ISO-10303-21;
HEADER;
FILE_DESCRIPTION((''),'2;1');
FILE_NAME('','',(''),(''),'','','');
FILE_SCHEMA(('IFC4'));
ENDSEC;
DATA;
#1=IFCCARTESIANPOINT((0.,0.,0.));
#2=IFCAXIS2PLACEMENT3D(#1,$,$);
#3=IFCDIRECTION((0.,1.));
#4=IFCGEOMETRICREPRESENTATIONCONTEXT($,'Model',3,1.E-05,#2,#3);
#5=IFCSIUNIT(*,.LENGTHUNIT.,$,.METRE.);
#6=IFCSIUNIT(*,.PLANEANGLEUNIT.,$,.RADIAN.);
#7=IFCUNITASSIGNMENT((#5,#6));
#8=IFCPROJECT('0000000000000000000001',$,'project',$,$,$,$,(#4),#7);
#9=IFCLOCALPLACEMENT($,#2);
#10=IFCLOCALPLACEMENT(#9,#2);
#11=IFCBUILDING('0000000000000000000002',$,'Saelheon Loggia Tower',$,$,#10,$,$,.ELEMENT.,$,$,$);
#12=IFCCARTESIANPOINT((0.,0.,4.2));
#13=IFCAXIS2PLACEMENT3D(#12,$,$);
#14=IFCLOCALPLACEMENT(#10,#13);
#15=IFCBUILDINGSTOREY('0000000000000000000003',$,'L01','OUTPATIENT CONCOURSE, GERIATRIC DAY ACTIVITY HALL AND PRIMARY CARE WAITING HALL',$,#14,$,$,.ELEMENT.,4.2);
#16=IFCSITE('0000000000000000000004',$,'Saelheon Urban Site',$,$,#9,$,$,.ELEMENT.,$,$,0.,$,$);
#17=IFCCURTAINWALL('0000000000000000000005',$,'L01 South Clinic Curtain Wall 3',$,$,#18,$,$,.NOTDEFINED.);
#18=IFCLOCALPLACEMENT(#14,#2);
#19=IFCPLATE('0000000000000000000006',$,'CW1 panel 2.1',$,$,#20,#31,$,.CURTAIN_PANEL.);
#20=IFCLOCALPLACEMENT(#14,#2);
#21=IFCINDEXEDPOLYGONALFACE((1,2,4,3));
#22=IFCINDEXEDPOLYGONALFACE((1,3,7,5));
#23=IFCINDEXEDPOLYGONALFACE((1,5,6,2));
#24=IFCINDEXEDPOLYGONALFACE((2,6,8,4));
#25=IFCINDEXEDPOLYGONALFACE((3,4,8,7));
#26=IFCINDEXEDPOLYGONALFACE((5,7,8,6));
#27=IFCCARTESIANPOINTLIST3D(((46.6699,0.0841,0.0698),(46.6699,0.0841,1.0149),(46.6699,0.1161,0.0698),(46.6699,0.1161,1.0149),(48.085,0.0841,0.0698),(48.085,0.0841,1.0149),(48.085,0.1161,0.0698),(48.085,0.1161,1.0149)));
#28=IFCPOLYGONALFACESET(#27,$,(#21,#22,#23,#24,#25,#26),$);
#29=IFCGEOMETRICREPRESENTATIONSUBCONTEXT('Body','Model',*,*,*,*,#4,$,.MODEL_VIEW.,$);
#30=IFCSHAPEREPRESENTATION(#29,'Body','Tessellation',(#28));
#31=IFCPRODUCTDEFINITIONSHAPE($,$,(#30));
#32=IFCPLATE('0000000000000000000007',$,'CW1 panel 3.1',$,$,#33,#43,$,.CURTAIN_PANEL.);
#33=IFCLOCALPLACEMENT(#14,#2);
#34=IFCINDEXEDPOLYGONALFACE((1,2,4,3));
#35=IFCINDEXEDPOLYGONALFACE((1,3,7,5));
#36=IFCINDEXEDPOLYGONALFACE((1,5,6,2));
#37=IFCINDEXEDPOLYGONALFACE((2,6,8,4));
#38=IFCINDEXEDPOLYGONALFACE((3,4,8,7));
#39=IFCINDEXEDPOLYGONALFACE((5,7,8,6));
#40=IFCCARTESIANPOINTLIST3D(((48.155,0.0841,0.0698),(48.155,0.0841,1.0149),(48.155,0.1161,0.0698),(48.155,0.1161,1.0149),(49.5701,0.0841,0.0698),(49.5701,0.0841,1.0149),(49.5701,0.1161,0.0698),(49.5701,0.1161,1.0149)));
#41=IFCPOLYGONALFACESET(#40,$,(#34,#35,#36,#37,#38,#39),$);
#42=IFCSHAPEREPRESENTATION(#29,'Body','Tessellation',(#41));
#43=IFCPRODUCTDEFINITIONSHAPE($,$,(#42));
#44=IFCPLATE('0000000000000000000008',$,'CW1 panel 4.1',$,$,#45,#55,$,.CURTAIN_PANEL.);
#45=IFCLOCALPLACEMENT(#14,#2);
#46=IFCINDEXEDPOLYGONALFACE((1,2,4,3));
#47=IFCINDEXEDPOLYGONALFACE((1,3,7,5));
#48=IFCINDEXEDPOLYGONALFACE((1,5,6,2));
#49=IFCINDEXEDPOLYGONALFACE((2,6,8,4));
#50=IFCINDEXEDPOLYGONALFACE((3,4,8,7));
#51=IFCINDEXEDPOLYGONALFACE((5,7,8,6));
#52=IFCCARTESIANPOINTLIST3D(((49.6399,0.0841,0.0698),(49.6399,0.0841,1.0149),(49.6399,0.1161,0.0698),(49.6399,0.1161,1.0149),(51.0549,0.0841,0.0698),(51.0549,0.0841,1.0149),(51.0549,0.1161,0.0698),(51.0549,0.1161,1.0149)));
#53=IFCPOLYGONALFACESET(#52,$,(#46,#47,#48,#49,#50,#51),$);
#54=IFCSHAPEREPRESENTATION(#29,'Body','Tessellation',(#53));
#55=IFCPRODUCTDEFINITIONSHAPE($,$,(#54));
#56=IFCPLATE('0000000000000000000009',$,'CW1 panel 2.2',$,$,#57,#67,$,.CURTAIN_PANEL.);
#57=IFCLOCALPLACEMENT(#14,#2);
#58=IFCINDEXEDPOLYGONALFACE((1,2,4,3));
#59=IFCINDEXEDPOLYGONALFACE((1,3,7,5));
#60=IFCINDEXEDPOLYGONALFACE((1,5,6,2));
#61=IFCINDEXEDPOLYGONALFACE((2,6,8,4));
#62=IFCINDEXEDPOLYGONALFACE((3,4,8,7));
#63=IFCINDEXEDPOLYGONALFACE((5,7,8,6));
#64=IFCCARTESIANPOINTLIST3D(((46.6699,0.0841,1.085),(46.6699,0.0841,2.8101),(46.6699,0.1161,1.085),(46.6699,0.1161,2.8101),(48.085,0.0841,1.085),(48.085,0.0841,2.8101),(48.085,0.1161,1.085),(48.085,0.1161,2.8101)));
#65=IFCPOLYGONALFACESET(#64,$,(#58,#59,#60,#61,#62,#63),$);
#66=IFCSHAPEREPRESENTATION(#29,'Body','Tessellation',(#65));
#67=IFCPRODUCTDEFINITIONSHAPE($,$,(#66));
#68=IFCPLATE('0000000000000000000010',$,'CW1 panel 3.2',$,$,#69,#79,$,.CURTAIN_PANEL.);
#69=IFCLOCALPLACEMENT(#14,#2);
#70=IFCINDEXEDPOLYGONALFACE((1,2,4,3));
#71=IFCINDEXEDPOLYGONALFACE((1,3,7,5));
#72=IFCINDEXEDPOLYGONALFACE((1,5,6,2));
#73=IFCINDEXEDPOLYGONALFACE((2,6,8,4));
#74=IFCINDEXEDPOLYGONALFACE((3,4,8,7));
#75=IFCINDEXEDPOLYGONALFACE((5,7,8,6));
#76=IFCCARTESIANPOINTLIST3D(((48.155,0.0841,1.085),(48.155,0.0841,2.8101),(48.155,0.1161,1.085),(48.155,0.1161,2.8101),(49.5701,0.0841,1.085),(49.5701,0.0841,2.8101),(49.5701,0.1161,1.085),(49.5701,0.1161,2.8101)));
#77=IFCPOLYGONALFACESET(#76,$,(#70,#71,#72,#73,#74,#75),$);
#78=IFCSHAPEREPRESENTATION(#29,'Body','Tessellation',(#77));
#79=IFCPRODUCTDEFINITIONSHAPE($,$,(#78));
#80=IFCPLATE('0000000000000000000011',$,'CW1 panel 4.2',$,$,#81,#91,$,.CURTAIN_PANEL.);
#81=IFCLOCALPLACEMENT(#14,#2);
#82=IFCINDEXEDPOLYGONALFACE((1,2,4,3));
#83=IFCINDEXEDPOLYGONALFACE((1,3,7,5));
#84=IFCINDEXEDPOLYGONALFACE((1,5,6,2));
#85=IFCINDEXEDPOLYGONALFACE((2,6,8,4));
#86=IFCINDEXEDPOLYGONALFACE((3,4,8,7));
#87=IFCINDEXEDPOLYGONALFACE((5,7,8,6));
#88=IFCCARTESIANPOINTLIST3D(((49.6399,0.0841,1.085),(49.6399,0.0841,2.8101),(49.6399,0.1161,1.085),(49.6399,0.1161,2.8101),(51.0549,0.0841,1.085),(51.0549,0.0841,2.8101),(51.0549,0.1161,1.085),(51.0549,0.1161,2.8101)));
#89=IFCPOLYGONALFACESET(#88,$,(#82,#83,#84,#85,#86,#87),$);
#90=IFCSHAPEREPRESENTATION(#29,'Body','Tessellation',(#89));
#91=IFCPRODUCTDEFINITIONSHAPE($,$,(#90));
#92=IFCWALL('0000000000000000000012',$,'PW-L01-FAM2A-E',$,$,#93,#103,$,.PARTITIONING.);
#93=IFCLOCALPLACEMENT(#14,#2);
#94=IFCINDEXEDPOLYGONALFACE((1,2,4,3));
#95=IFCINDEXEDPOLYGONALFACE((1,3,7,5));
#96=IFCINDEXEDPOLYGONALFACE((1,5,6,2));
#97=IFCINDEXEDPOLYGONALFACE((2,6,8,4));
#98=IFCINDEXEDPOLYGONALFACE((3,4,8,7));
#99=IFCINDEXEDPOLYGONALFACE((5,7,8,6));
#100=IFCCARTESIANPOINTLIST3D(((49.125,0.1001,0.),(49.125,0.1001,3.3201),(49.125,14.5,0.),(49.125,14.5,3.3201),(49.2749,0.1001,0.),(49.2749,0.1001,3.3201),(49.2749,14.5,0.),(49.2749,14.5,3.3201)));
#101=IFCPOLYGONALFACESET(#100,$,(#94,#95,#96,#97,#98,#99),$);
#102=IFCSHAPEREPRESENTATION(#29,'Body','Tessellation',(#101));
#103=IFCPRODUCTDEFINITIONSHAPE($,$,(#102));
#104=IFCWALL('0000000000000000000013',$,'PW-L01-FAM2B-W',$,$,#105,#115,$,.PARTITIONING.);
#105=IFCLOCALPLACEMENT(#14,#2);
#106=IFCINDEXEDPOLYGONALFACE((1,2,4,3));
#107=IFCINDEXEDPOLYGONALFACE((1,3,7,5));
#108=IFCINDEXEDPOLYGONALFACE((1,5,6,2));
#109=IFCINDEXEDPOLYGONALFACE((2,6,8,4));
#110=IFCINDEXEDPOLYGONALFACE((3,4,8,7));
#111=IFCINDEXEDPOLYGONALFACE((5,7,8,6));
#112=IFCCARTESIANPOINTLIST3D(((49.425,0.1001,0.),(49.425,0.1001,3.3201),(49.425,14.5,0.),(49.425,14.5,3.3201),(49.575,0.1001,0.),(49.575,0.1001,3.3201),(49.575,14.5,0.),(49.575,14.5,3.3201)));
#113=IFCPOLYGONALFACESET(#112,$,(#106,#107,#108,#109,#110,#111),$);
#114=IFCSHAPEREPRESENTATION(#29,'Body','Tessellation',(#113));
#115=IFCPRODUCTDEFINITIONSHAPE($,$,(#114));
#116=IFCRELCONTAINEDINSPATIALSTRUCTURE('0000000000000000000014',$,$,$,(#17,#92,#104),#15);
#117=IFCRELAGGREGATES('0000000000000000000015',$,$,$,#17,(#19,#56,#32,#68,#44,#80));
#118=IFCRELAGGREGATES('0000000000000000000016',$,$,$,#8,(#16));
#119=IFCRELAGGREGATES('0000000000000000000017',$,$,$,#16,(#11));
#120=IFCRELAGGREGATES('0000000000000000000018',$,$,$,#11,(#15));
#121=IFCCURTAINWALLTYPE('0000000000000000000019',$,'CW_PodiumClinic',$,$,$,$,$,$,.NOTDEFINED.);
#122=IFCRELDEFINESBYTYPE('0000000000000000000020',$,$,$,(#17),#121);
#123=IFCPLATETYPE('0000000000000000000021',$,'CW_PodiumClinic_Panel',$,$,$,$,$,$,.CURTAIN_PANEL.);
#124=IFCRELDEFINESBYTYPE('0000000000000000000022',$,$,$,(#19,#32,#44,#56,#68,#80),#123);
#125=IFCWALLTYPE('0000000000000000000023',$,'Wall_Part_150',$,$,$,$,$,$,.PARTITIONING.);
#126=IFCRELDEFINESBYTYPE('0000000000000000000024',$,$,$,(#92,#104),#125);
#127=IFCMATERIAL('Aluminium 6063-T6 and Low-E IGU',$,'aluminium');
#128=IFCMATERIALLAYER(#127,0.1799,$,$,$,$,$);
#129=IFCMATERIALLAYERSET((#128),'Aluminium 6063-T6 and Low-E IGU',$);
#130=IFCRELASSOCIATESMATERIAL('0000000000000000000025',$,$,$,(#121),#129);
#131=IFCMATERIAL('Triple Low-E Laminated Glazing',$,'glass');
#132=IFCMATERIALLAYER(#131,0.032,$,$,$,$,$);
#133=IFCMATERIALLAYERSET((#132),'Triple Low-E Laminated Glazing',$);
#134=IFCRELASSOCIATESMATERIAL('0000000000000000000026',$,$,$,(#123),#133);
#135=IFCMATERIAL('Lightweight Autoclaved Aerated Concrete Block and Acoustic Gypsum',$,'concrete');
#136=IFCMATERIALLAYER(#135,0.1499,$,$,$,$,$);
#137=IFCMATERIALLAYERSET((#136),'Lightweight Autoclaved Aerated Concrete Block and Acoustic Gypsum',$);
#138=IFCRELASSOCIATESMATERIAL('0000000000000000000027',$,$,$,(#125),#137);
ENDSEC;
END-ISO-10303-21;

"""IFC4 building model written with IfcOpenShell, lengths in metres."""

from ifc_helpers import new_model, si_unit, direction, frame, frame_2d, origin, origin_2d, place, context, subcontext, project, spatial, rectangle, extrude, source, transform, mapped, material, layer, layer_set, type_object, element, aggregate, save


model = new_model("IFC4")

# Units and contexts
model_context = context("Model", 3, precision=1e-05, world=origin(), true_north=direction((0.0, 1.0)))
body_context = subcontext(model_context, "Body", "Model", "MODEL_VIEW")
ifc_project = project(units=[si_unit("LENGTHUNIT", "METRE"), si_unit("PLANEANGLEUNIT", "RADIAN")], contexts=[model_context])

# Site, building, storey
site_placement = place(None, origin())
site = spatial("IfcSite", under=ifc_project, at=site_placement, Name="Saelheon Urban Site", CompositionType="ELEMENT", RefElevation=0.0)
building_placement = place(site_placement, origin())
building = spatial("IfcBuilding", under=site, at=building_placement, Name="Saelheon Loggia Tower", CompositionType="ELEMENT")
storey_placement = place(building_placement, frame((0.0, 0.0, 4.2)))
storey = spatial("IfcBuildingStorey", under=building, at=storey_placement, Name="L01", Description="OUTPATIENT CONCOURSE, GERIATRIC DAY ACTIVITY HALL AND PRIMARY CARE WAITING HALL", CompositionType="ELEMENT", Elevation=4.2)

# Curtain wall, plates
ifc_material_1 = material(Name="Aluminium 6063-T6 and Low-E IGU", Category="aluminium")
ifc_layer_1 = layer(ifc_material_1, 0.1799)
ifc_layer_set_1 = layer_set([ifc_layer_1], Name="Aluminium 6063-T6 and Low-E IGU")
curtain_wall_type = type_object("IfcCurtainWallType", Name="CW_PodiumClinic", PredefinedType="NOTDEFINED", material=ifc_layer_set_1)
curtain_wall_placement = place(storey_placement, origin())
curtain_wall = element("IfcCurtainWall", 1, at=curtain_wall_placement, inside=storey, type_object=curtain_wall_type, Name="L01 South Clinic Curtain Wall 3", PredefinedType="NOTDEFINED")
ifc_material_2 = material(Name="Triple Low-E Laminated Glazing", Category="glass")
ifc_layer_2 = layer(ifc_material_2, 0.032)
ifc_layer_set_2 = layer_set([ifc_layer_2], Name="Triple Low-E Laminated Glazing")
plate_type = type_object("IfcPlateType", Name="CW_PodiumClinic_Panel", PredefinedType="CURTAIN_PANEL", material=ifc_layer_set_2)
shared_shape_1 = source(origin(), body_context, "Body", "SweptSolid", [
    extrude(rectangle(XDim=1.415, YDim=0.032, at=origin_2d()), origin(), (0.0, 0.0, 1.0), 0.9451),
])
plate_1_placement = place(storey_placement, frame((47.3774, 0.1001, 0.0698), z_axis=(0.0, 0.0, 1.0), x_axis=(1.0, 0.0, 0.0)))
plate_1 = element("IfcPlate", 2, at=plate_1_placement, type_object=plate_type, Name="CW1 panel 2.1", PredefinedType="CURTAIN_PANEL", context=body_context, shape_type="MappedRepresentation", body=[
    mapped(shared_shape_1, transform((0.0, 0.0, 0.0), scale=1.0)),
])
plate_2_placement = place(storey_placement, frame((48.8625, 0.1001, 0.0698), z_axis=(0.0, 0.0, 1.0), x_axis=(1.0, 0.0, 0.0)))
plate_2 = element("IfcPlate", 3, at=plate_2_placement, type_object=plate_type, Name="CW1 panel 3.1", PredefinedType="CURTAIN_PANEL", context=body_context, shape_type="MappedRepresentation", body=[
    mapped(shared_shape_1, transform((0.0, 0.0, 0.0), scale=1.0)),
])
plate_3_placement = place(storey_placement, frame((50.3474, 0.1001, 0.0698), z_axis=(0.0, 0.0, 1.0), x_axis=(1.0, 0.0, 0.0)))
plate_3 = element("IfcPlate", 4, at=plate_3_placement, type_object=plate_type, Name="CW1 panel 4.1", PredefinedType="CURTAIN_PANEL", context=body_context, shape_type="MappedRepresentation", body=[
    mapped(shared_shape_1, transform((0.0, 0.0, 0.0), scale=1.0)),
])
shared_shape_2 = source(origin(), body_context, "Body", "SweptSolid", [
    extrude(rectangle(XDim=1.415, YDim=0.032, at=origin_2d()), origin(), (0.0, 0.0, 1.0), 1.7251),
])
plate_4_placement = place(storey_placement, frame((47.3774, 0.1001, 1.085), z_axis=(0.0, 0.0, 1.0), x_axis=(1.0, 0.0, 0.0)))
plate_4 = element("IfcPlate", 5, at=plate_4_placement, type_object=plate_type, Name="CW1 panel 2.2", PredefinedType="CURTAIN_PANEL", context=body_context, shape_type="MappedRepresentation", body=[
    mapped(shared_shape_2, transform((0.0, 0.0, 0.0), scale=1.0)),
])
plate_5_placement = place(storey_placement, frame((48.8625, 0.1001, 1.085), z_axis=(0.0, 0.0, 1.0), x_axis=(1.0, 0.0, 0.0)))
plate_5 = element("IfcPlate", 6, at=plate_5_placement, type_object=plate_type, Name="CW1 panel 3.2", PredefinedType="CURTAIN_PANEL", context=body_context, shape_type="MappedRepresentation", body=[
    mapped(shared_shape_2, transform((0.0, 0.0, 0.0), scale=1.0)),
])
plate_6_placement = place(storey_placement, frame((50.3474, 0.1001, 1.085), z_axis=(0.0, 0.0, 1.0), x_axis=(1.0, 0.0, 0.0)))
plate_6 = element("IfcPlate", 7, at=plate_6_placement, type_object=plate_type, Name="CW1 panel 4.2", PredefinedType="CURTAIN_PANEL", context=body_context, shape_type="MappedRepresentation", body=[
    mapped(shared_shape_2, transform((0.0, 0.0, 0.0), scale=1.0)),
])
aggregate(curtain_wall, [plate_1, plate_4, plate_2, plate_5, plate_3, plate_6])

# Walls
ifc_material_3 = material(Name="Lightweight Autoclaved Aerated Concrete Block and Acoustic Gypsum", Category="concrete")
ifc_layer_3 = layer(ifc_material_3, 0.1499)
ifc_layer_set_3 = layer_set([ifc_layer_3], Name="Lightweight Autoclaved Aerated Concrete Block and Acoustic Gypsum")
wall_type = type_object("IfcWallType", Name="Wall_Part_150", PredefinedType="PARTITIONING", material=ifc_layer_set_3)
for number, where, z_axis, x_axis, name in (
    (8, (49.2, 0.1001, 0.0), (0.0, 0.0, 1.0), (0.0, 1.0, 0.0), "PW-L01-FAM2A-E"),
    (9, (49.5, 0.1001, 0.0), (0.0, 0.0, 1.0), (0.0, 1.0, 0.0), "PW-L01-FAM2B-W"),
):
    element("IfcWall", number, at=place(storey_placement, frame(where, z_axis=z_axis, x_axis=x_axis)), inside=storey, type_object=wall_type, Name=name, PredefinedType="PARTITIONING", context=body_context, shape_type="SweptSolid", body=[
        extrude(rectangle(XDim=14.3999, YDim=0.1499, at=frame_2d((7.2, 0.0))), origin(), (0.0, 0.0, 1.0), 3.3201),
    ])

save(model, "model.ifc")
